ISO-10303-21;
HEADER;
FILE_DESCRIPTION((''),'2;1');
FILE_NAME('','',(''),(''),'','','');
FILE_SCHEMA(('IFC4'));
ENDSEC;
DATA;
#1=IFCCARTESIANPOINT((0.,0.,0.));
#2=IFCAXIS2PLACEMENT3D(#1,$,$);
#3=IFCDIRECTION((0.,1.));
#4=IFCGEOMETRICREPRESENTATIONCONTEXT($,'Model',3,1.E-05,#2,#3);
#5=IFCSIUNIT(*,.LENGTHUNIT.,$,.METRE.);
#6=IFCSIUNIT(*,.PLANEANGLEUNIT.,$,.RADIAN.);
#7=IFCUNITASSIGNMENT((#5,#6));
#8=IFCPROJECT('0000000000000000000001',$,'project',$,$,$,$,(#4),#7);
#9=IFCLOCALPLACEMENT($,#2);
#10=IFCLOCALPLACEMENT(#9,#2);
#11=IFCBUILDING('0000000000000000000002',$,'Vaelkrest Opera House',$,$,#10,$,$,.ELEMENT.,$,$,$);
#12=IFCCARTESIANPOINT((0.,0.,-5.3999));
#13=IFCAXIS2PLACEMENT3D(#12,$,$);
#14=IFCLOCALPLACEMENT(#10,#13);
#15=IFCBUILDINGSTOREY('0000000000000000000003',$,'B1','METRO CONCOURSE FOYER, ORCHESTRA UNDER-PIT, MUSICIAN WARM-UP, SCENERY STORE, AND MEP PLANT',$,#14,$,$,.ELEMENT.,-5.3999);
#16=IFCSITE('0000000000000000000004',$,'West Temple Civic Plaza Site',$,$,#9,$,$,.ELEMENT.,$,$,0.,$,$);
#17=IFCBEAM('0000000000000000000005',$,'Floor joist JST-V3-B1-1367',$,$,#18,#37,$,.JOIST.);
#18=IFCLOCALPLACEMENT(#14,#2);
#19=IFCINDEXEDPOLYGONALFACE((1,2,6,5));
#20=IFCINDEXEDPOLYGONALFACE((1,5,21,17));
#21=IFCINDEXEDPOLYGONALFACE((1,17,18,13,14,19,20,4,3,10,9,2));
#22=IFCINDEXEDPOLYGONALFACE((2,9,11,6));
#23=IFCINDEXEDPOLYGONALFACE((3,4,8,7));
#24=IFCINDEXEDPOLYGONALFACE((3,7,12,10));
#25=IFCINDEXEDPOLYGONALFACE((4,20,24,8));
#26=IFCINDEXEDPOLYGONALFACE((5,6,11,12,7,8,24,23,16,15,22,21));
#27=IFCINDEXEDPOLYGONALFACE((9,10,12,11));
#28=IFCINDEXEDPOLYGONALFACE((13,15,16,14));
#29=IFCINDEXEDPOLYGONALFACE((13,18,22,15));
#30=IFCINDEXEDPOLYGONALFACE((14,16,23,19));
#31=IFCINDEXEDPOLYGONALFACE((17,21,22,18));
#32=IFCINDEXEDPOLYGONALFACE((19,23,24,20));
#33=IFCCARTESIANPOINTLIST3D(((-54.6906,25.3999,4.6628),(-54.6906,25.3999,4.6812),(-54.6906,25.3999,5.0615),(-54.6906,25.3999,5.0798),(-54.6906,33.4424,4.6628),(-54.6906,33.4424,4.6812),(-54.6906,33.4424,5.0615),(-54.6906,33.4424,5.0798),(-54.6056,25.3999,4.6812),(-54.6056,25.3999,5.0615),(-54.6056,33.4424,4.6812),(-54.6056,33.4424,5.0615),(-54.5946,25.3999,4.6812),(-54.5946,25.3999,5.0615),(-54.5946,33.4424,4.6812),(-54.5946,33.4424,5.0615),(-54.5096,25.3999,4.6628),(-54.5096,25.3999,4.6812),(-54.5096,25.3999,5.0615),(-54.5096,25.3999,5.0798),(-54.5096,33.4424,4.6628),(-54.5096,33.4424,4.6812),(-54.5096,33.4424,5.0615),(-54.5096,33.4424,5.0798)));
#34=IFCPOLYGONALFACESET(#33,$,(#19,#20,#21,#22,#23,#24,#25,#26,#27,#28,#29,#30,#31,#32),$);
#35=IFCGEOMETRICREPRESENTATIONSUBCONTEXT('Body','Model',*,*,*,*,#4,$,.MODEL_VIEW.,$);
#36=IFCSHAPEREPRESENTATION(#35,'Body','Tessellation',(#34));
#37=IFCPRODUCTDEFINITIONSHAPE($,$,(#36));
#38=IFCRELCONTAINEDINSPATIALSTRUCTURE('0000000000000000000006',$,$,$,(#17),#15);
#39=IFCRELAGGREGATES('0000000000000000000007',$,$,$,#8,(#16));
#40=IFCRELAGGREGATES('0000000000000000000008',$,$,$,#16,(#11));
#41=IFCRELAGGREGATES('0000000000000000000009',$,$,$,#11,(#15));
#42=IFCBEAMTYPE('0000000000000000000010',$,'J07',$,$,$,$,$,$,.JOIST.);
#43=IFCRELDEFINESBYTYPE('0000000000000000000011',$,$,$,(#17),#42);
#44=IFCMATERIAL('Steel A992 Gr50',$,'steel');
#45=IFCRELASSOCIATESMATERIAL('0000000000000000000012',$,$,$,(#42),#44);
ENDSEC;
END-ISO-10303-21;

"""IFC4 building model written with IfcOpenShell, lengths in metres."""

from ifc_helpers import new_model, si_unit, direction, frame, origin, origin_2d, place, context, subcontext, project, spatial, i_section, extrude, material, material_profile, profile_set, type_object, element, save


model = new_model("IFC4")

# Units and contexts
model_context = context("Model", 3, precision=1e-05, world=origin(), true_north=direction((0.0, 1.0)))
body_context = subcontext(model_context, "Body", "Model", "MODEL_VIEW")
ifc_project = project(units=[si_unit("LENGTHUNIT", "METRE"), si_unit("PLANEANGLEUNIT", "RADIAN")], contexts=[model_context])

# Site, building, storey
site_placement = place(None, origin())
site = spatial("IfcSite", under=ifc_project, at=site_placement, Name="West Temple Civic Plaza Site", CompositionType="ELEMENT", RefElevation=0.0)
building_placement = place(site_placement, origin())
building = spatial("IfcBuilding", under=site, at=building_placement, Name="Vaelkrest Opera House", CompositionType="ELEMENT")
storey_placement = place(building_placement, frame((0.0, 0.0, -5.3999)))
storey = spatial("IfcBuildingStorey", under=building, at=storey_placement, Name="B1", Description="METRO CONCOURSE FOYER, ORCHESTRA UNDER-PIT, MUSICIAN WARM-UP, SCENERY STORE, AND MEP PLANT", CompositionType="ELEMENT", Elevation=-5.3999)

# Beam
ifc_material_1 = material(Name="Steel A992 Gr50", Category="steel")
ifc_material_profile_1 = material_profile(ifc_material_1, i_section(OverallWidth=0.1809, OverallDepth=0.417, WebThickness=0.011, FlangeThickness=0.0183, at=origin_2d()), Name="W16X57")
ifc_profile_set_1 = profile_set([ifc_material_profile_1], Name="Steel A992 Gr50")
beam_type_1 = type_object("IfcBeamType", Name="J07", PredefinedType="JOIST", material=ifc_profile_set_1)
beam_1_placement = place(storey_placement, frame((-54.6001, 25.3999, 4.8713), z_axis=(0.0, 1.0, 0.0), x_axis=(-1.0, 0.0, 0.0)))
element("IfcBeam", 1, at=beam_1_placement, inside=storey, type_object=beam_type_1, Name="Floor joist JST-V3-B1-1367", PredefinedType="JOIST", context=body_context, shape_type="SweptSolid", body=[
    extrude(i_section(OverallWidth=0.1809, OverallDepth=0.417, WebThickness=0.011, FlangeThickness=0.0183, at=origin_2d()), origin(), (0.0, 0.0, 1.0), 8.0425),
])

save(model, "model.ifc")
